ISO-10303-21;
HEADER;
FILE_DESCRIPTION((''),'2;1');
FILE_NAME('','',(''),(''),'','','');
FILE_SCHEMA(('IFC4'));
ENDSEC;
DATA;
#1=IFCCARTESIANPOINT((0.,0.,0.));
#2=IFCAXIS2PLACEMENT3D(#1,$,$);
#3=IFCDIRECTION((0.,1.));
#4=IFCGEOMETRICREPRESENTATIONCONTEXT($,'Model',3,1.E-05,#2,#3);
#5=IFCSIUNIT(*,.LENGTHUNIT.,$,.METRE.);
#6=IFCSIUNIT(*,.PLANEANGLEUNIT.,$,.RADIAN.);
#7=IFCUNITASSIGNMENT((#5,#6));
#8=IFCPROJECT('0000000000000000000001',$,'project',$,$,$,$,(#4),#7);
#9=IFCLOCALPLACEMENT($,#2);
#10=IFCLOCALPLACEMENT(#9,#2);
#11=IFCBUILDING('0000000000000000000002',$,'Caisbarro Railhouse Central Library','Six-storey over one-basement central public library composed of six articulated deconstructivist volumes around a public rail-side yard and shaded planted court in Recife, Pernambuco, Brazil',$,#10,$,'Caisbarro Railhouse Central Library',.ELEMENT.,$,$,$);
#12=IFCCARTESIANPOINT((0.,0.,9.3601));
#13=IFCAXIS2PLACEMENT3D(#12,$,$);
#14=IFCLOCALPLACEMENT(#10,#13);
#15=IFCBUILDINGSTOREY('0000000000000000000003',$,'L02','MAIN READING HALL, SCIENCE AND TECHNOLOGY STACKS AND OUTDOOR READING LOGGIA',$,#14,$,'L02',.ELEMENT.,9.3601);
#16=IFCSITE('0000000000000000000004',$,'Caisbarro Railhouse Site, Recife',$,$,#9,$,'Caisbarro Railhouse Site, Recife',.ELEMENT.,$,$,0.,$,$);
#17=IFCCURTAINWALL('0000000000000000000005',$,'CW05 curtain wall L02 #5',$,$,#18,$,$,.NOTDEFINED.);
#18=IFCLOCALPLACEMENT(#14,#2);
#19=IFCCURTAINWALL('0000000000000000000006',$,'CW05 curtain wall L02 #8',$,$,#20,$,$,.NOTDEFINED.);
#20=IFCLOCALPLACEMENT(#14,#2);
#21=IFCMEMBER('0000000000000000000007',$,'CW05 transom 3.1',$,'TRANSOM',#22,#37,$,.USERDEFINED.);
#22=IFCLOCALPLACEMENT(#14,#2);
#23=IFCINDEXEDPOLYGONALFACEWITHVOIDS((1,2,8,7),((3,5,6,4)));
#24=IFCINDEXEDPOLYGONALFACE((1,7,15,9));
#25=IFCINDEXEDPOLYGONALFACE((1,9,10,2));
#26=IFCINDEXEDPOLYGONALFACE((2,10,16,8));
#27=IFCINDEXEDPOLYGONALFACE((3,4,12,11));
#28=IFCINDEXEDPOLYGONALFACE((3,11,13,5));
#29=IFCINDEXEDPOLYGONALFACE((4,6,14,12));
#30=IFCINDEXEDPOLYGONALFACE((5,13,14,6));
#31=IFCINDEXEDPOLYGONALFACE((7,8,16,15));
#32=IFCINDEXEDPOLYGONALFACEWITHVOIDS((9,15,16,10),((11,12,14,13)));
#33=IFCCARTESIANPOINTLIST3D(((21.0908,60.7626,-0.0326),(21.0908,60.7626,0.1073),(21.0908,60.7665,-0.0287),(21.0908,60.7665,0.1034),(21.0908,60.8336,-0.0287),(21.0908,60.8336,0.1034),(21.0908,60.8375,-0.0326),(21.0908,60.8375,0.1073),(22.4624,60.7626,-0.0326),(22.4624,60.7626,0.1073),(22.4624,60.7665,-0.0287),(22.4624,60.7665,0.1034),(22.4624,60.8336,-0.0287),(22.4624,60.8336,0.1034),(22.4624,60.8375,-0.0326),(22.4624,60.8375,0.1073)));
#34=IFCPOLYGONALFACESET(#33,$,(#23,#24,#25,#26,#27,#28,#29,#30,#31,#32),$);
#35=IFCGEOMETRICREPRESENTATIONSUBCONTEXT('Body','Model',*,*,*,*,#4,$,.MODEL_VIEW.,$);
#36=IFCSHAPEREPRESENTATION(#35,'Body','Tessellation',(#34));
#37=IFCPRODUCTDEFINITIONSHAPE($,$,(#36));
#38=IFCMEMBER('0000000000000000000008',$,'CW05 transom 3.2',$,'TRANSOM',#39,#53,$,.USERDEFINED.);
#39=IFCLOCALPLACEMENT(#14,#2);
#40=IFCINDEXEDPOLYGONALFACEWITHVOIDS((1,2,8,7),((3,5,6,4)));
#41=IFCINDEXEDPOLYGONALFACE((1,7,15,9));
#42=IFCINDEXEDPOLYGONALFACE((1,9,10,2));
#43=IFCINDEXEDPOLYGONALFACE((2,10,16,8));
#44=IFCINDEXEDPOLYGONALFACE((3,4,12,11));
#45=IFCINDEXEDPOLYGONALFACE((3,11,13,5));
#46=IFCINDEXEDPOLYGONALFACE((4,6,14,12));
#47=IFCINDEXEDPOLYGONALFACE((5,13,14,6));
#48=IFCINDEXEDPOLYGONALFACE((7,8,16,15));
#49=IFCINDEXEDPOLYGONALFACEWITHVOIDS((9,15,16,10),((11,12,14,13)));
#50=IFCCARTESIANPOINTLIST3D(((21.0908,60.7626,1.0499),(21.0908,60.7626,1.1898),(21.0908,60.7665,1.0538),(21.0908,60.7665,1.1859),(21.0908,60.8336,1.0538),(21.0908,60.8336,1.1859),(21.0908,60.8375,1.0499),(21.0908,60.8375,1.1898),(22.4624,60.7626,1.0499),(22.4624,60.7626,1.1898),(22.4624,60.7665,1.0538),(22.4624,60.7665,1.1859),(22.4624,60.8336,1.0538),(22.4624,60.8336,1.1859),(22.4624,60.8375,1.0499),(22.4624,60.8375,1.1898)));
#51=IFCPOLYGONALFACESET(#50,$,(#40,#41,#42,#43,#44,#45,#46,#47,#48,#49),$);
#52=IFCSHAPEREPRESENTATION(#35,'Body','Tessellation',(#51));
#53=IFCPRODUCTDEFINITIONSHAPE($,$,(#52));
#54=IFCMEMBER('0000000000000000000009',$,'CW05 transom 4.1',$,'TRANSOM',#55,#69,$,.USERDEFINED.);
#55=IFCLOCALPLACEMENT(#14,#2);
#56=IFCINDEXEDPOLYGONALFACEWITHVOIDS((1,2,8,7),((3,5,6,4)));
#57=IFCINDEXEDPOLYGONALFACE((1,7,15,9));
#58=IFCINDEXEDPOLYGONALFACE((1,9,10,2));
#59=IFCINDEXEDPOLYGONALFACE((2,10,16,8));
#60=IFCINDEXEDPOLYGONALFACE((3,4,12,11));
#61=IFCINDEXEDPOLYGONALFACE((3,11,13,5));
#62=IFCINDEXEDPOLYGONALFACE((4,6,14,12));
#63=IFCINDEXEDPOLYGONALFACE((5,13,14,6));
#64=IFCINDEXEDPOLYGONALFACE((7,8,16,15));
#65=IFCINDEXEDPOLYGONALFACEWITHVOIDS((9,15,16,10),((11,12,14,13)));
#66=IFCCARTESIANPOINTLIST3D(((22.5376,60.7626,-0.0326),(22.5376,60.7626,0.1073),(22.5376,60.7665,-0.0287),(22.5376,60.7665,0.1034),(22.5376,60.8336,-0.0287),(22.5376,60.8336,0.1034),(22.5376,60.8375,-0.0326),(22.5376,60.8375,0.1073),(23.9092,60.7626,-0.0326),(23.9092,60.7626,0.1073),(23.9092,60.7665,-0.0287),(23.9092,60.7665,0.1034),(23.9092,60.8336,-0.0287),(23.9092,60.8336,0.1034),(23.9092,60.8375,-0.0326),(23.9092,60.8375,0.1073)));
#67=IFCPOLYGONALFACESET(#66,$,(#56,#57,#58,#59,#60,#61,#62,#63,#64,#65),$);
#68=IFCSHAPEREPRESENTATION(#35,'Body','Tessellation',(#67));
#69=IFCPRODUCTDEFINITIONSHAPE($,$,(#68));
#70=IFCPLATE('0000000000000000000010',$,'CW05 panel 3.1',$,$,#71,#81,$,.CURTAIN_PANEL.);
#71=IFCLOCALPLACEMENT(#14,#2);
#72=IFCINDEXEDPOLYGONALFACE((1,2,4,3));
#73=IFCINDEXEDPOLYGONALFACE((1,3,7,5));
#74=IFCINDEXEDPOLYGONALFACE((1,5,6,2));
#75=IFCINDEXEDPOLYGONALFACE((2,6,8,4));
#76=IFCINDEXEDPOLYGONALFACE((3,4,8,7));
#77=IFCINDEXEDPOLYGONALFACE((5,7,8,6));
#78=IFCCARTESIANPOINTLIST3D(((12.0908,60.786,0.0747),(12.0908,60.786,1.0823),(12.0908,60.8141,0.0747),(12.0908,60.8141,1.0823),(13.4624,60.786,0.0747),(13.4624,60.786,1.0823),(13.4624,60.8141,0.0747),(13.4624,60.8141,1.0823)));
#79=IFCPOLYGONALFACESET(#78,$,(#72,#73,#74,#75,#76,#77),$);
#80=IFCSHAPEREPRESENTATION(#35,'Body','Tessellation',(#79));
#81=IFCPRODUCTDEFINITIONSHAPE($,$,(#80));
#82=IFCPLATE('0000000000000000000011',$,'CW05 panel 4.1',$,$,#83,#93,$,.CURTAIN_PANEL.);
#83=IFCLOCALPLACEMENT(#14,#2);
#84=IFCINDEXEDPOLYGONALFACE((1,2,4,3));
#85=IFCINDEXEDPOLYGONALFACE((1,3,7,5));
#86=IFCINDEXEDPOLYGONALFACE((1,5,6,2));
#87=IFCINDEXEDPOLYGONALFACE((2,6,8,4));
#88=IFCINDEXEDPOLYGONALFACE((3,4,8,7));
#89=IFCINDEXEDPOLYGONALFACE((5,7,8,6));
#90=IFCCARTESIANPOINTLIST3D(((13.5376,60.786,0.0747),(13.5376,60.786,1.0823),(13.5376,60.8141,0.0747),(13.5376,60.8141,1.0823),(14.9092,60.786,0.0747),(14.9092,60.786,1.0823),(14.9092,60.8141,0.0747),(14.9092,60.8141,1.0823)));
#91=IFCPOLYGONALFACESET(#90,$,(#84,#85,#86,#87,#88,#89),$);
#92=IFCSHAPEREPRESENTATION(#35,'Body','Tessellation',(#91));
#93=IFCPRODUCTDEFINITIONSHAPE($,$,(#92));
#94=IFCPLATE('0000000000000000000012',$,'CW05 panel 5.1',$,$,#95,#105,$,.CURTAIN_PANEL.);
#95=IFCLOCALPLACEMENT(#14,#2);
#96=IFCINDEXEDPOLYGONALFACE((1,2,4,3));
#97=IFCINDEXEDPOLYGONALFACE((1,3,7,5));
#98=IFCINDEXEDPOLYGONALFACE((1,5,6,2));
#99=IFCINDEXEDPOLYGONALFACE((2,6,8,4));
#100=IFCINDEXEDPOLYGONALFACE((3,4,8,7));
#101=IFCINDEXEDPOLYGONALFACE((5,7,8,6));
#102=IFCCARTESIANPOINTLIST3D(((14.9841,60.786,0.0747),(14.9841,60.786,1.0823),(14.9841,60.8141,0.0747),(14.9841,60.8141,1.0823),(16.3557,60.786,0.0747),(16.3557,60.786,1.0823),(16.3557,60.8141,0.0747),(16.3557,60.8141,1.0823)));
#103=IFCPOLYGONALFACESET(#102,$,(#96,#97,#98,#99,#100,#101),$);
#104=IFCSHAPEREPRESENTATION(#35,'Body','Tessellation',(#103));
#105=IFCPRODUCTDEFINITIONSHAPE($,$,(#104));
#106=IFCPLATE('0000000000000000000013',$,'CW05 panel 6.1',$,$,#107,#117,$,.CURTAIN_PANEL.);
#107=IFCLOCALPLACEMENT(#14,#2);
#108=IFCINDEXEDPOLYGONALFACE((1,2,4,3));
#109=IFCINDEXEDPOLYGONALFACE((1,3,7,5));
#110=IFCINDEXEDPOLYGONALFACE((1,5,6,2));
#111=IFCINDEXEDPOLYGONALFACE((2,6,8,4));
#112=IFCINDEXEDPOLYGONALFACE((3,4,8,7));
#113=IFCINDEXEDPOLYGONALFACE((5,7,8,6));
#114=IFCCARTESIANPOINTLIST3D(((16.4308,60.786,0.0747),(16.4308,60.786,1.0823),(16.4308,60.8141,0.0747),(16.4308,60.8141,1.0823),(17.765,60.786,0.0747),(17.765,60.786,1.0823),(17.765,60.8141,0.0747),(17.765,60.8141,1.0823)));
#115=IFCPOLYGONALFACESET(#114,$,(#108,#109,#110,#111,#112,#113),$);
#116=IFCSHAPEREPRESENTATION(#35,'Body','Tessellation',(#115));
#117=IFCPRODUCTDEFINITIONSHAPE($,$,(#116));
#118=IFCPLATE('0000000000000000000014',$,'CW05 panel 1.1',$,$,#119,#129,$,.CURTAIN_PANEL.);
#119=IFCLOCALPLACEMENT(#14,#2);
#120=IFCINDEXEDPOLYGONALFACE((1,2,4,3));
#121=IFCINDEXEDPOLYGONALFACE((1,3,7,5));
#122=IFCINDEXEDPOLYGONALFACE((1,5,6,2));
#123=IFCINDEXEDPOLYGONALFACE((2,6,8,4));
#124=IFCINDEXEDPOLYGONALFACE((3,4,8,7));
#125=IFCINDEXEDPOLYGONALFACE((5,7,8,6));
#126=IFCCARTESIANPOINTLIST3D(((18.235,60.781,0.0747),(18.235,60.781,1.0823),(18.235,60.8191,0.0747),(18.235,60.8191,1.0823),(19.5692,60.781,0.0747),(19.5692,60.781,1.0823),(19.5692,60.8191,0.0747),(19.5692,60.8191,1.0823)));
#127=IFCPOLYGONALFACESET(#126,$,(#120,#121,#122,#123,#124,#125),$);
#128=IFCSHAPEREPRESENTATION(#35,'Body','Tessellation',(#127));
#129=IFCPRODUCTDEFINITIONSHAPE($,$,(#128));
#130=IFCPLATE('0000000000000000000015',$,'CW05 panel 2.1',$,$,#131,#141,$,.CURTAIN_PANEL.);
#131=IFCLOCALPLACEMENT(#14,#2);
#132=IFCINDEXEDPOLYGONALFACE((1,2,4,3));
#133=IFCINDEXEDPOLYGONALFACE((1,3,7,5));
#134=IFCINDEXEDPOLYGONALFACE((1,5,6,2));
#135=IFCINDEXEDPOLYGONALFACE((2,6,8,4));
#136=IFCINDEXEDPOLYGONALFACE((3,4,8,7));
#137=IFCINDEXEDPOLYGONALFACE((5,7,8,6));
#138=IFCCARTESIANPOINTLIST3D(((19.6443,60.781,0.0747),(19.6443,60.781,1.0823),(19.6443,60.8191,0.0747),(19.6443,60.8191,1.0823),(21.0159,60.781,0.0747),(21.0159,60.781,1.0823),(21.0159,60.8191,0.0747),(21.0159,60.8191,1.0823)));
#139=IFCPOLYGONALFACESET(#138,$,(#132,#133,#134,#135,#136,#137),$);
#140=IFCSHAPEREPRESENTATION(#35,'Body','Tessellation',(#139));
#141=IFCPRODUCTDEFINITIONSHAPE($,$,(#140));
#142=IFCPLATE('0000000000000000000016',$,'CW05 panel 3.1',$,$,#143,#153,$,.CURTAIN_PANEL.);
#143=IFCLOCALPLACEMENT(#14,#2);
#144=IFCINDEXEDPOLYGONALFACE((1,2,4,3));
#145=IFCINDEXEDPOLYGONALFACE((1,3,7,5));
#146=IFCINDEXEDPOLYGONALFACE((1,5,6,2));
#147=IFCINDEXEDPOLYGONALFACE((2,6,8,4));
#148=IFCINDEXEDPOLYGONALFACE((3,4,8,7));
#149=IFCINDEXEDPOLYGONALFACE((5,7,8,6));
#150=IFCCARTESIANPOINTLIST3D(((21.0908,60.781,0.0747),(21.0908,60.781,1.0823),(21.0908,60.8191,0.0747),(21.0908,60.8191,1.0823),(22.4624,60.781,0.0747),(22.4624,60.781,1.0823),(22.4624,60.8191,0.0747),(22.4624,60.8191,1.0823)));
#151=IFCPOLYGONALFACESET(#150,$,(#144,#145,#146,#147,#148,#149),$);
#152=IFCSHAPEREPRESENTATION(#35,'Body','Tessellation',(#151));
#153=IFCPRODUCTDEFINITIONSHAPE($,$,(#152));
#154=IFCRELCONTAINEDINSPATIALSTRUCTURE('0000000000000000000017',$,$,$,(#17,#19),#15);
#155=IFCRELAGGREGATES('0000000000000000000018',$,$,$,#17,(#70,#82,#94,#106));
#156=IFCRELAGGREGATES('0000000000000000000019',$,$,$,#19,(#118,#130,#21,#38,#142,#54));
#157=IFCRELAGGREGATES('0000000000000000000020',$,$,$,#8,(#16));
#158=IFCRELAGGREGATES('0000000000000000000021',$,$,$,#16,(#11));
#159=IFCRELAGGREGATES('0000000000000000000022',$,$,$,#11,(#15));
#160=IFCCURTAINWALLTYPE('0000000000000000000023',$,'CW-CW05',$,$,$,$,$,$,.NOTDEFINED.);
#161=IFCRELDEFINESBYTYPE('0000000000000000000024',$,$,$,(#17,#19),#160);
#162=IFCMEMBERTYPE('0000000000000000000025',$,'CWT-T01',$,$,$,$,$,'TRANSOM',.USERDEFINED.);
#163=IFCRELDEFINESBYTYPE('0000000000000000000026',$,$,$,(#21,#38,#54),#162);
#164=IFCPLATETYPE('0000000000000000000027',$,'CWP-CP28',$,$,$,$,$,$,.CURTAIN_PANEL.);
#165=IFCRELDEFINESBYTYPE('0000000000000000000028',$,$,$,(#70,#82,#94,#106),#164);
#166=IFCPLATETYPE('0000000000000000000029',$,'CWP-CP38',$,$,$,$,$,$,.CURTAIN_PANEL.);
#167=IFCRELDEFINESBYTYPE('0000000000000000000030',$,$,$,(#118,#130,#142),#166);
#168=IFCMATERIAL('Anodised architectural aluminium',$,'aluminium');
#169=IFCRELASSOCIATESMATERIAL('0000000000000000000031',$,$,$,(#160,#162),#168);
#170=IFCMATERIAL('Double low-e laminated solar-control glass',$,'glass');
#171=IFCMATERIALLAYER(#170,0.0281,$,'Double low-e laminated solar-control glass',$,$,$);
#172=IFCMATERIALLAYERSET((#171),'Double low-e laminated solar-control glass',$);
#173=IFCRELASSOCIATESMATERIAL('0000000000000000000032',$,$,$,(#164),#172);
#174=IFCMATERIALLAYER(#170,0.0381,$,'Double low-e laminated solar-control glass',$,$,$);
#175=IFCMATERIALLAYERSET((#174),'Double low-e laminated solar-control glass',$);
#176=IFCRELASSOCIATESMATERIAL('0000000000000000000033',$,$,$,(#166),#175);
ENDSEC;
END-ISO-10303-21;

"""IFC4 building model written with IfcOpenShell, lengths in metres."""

from ifc_helpers import new_model, si_unit, direction, frame, origin, origin_2d, place, context, subcontext, project, spatial, rectangle, hollow_rectangle, extrude, material, layer, layer_set, material_profile, profile_set, type_object, element, aggregate, save


model = new_model("IFC4")

# Units and contexts
model_context = context("Model", 3, precision=1e-05, world=origin(), true_north=direction((0.0, 1.0)))
body_context = subcontext(model_context, "Body", "Model", "MODEL_VIEW")
ifc_project = project(units=[si_unit("LENGTHUNIT", "METRE"), si_unit("PLANEANGLEUNIT", "RADIAN")], contexts=[model_context])

# Site, building, storey
site_placement = place(None, origin())
site = spatial("IfcSite", under=ifc_project, at=site_placement, Name="Caisbarro Railhouse Site, Recife", LongName="Caisbarro Railhouse Site, Recife", CompositionType="ELEMENT", RefElevation=0.0)
building_placement = place(site_placement, origin())
building = spatial("IfcBuilding", under=site, at=building_placement, Name="Caisbarro Railhouse Central Library", Description="Six-storey over one-basement central public library composed of six articulated deconstructivist volumes around a public rail-side yard and shaded planted court in Recife, Pernambuco, Brazil", LongName="Caisbarro Railhouse Central Library", CompositionType="ELEMENT")
storey_placement = place(building_placement, frame((0.0, 0.0, 9.3601)))
storey = spatial("IfcBuildingStorey", under=building, at=storey_placement, Name="L02", Description="MAIN READING HALL, SCIENCE AND TECHNOLOGY STACKS AND OUTDOOR READING LOGGIA", LongName="L02", CompositionType="ELEMENT", Elevation=9.3601)

# Curtain walls
ifc_material_1 = material(Name="Anodised architectural aluminium", Category="aluminium")
curtain_wall_type = type_object("IfcCurtainWallType", Name="CW-CW05", PredefinedType="NOTDEFINED", material=ifc_material_1)
curtain_wall_1_placement = place(storey_placement, origin())
curtain_wall_1 = element("IfcCurtainWall", 1, at=curtain_wall_1_placement, inside=storey, type_object=curtain_wall_type, Name="CW05 curtain wall L02 #5", PredefinedType="NOTDEFINED")
curtain_wall_2_placement = place(storey_placement, origin())
curtain_wall_2 = element("IfcCurtainWall", 2, at=curtain_wall_2_placement, inside=storey, type_object=curtain_wall_type, Name="CW05 curtain wall L02 #8", PredefinedType="NOTDEFINED")

# Members
ifc_material_profile_1 = material_profile(ifc_material_1, hollow_rectangle(XDim=0.075, YDim=0.1399, WallThickness=0.0039, at=origin_2d()), Name="ALU-TRN-75X140")
ifc_profile_set_1 = profile_set([ifc_material_profile_1], Name="Anodised architectural aluminium")
member_type_1 = type_object("IfcMemberType", Name="CWT-T01", ElementType="TRANSOM", PredefinedType="USERDEFINED", material=ifc_profile_set_1)
member_1_placement = place(storey_placement, frame((21.0908, 60.8, 0.0374), z_axis=(1.0, 0.0, 0.0), x_axis=(0.0, 1.0, 0.0)))
member_1 = element("IfcMember", 3, at=member_1_placement, type_object=member_type_1, Name="CW05 transom 3.1", ObjectType="TRANSOM", PredefinedType="USERDEFINED", context=body_context, shape_type="SweptSolid", body=[
    extrude(hollow_rectangle(XDim=0.075, YDim=0.1399, WallThickness=0.0039, at=origin_2d()), origin(), (0.0, 0.0, 1.0), 1.3716),
])
member_2_placement = place(storey_placement, frame((21.0908, 60.8, 1.1199), z_axis=(1.0, 0.0, 0.0), x_axis=(0.0, 1.0, 0.0)))
member_2 = element("IfcMember", 4, at=member_2_placement, type_object=member_type_1, Name="CW05 transom 3.2", ObjectType="TRANSOM", PredefinedType="USERDEFINED", context=body_context, shape_type="SweptSolid", body=[
    extrude(hollow_rectangle(XDim=0.075, YDim=0.1399, WallThickness=0.0039, at=origin_2d()), origin(), (0.0, 0.0, 1.0), 1.3716),
])
member_3_placement = place(storey_placement, frame((22.5376, 60.8, 0.0374), z_axis=(1.0, 0.0, 0.0), x_axis=(0.0, 1.0, 0.0)))
member_3 = element("IfcMember", 5, at=member_3_placement, type_object=member_type_1, Name="CW05 transom 4.1", ObjectType="TRANSOM", PredefinedType="USERDEFINED", context=body_context, shape_type="SweptSolid", body=[
    extrude(hollow_rectangle(XDim=0.075, YDim=0.1399, WallThickness=0.0039, at=origin_2d()), origin(), (0.0, 0.0, 1.0), 1.3716),
])

# Plates
ifc_material_2 = material(Name="Double low-e laminated solar-control glass", Category="glass")
ifc_layer_1 = layer(ifc_material_2, 0.0281, Name="Double low-e laminated solar-control glass")
ifc_layer_set_1 = layer_set([ifc_layer_1], Name="Double low-e laminated solar-control glass")
plate_type_1 = type_object("IfcPlateType", Name="CWP-CP28", PredefinedType="CURTAIN_PANEL", material=ifc_layer_set_1)
plate_1_placement = place(storey_placement, frame((12.7766, 60.8, 0.0747), z_axis=(0.0, 0.0, 1.0), x_axis=(1.0, 0.0, 0.0)))
plate_1 = element("IfcPlate", 6, at=plate_1_placement, type_object=plate_type_1, Name="CW05 panel 3.1", PredefinedType="CURTAIN_PANEL", context=body_context, shape_type="SweptSolid", body=[
    extrude(rectangle(XDim=1.3716, YDim=0.0281, at=origin_2d()), origin(), (0.0, 0.0, 1.0), 1.0076),
])
plate_2_placement = place(storey_placement, frame((14.2234, 60.8, 0.0747), z_axis=(0.0, 0.0, 1.0), x_axis=(1.0, 0.0, 0.0)))
plate_2 = element("IfcPlate", 7, at=plate_2_placement, type_object=plate_type_1, Name="CW05 panel 4.1", PredefinedType="CURTAIN_PANEL", context=body_context, shape_type="SweptSolid", body=[
    extrude(rectangle(XDim=1.3716, YDim=0.0281, at=origin_2d()), origin(), (0.0, 0.0, 1.0), 1.0076),
])
plate_3_placement = place(storey_placement, frame((15.6699, 60.8, 0.0747), z_axis=(0.0, 0.0, 1.0), x_axis=(1.0, 0.0, 0.0)))
plate_3 = element("IfcPlate", 8, at=plate_3_placement, type_object=plate_type_1, Name="CW05 panel 5.1", PredefinedType="CURTAIN_PANEL", context=body_context, shape_type="SweptSolid", body=[
    extrude(rectangle(XDim=1.3716, YDim=0.0281, at=origin_2d()), origin(), (0.0, 0.0, 1.0), 1.0076),
])
plate_4_placement = place(storey_placement, frame((17.0979, 60.8, 0.0747), z_axis=(0.0, 0.0, 1.0), x_axis=(1.0, 0.0, 0.0)))
plate_4 = element("IfcPlate", 9, at=plate_4_placement, type_object=plate_type_1, Name="CW05 panel 6.1", PredefinedType="CURTAIN_PANEL", context=body_context, shape_type="SweptSolid", body=[
    extrude(rectangle(XDim=1.3342, YDim=0.0281, at=origin_2d()), origin(), (0.0, 0.0, 1.0), 1.0076),
])
aggregate(curtain_wall_1, [plate_1, plate_2, plate_3, plate_4])
ifc_layer_2 = layer(ifc_material_2, 0.0381, Name="Double low-e laminated solar-control glass")
ifc_layer_set_2 = layer_set([ifc_layer_2], Name="Double low-e laminated solar-control glass")
plate_type_2 = type_object("IfcPlateType", Name="CWP-CP38", PredefinedType="CURTAIN_PANEL", material=ifc_layer_set_2)
plate_5_placement = place(storey_placement, frame((18.9021, 60.8, 0.0747), z_axis=(0.0, 0.0, 1.0), x_axis=(1.0, 0.0, 0.0)))
plate_5 = element("IfcPlate", 10, at=plate_5_placement, type_object=plate_type_2, Name="CW05 panel 1.1", PredefinedType="CURTAIN_PANEL", context=body_context, shape_type="SweptSolid", body=[
    extrude(rectangle(XDim=1.3342, YDim=0.0381, at=origin_2d()), origin(), (0.0, 0.0, 1.0), 1.0076),
])
plate_6_placement = place(storey_placement, frame((20.3301, 60.8, 0.0747), z_axis=(0.0, 0.0, 1.0), x_axis=(1.0, 0.0, 0.0)))
plate_6 = element("IfcPlate", 11, at=plate_6_placement, type_object=plate_type_2, Name="CW05 panel 2.1", PredefinedType="CURTAIN_PANEL", context=body_context, shape_type="SweptSolid", body=[
    extrude(rectangle(XDim=1.3716, YDim=0.0381, at=origin_2d()), origin(), (0.0, 0.0, 1.0), 1.0076),
])
plate_7_placement = place(storey_placement, frame((21.7766, 60.8, 0.0747), z_axis=(0.0, 0.0, 1.0), x_axis=(1.0, 0.0, 0.0)))
plate_7 = element("IfcPlate", 12, at=plate_7_placement, type_object=plate_type_2, Name="CW05 panel 3.1", PredefinedType="CURTAIN_PANEL", context=body_context, shape_type="SweptSolid", body=[
    extrude(rectangle(XDim=1.3716, YDim=0.0381, at=origin_2d()), origin(), (0.0, 0.0, 1.0), 1.0076),
])
aggregate(curtain_wall_2, [plate_5, plate_6, member_1, member_2, plate_7, member_3])

save(model, "model.ifc")
